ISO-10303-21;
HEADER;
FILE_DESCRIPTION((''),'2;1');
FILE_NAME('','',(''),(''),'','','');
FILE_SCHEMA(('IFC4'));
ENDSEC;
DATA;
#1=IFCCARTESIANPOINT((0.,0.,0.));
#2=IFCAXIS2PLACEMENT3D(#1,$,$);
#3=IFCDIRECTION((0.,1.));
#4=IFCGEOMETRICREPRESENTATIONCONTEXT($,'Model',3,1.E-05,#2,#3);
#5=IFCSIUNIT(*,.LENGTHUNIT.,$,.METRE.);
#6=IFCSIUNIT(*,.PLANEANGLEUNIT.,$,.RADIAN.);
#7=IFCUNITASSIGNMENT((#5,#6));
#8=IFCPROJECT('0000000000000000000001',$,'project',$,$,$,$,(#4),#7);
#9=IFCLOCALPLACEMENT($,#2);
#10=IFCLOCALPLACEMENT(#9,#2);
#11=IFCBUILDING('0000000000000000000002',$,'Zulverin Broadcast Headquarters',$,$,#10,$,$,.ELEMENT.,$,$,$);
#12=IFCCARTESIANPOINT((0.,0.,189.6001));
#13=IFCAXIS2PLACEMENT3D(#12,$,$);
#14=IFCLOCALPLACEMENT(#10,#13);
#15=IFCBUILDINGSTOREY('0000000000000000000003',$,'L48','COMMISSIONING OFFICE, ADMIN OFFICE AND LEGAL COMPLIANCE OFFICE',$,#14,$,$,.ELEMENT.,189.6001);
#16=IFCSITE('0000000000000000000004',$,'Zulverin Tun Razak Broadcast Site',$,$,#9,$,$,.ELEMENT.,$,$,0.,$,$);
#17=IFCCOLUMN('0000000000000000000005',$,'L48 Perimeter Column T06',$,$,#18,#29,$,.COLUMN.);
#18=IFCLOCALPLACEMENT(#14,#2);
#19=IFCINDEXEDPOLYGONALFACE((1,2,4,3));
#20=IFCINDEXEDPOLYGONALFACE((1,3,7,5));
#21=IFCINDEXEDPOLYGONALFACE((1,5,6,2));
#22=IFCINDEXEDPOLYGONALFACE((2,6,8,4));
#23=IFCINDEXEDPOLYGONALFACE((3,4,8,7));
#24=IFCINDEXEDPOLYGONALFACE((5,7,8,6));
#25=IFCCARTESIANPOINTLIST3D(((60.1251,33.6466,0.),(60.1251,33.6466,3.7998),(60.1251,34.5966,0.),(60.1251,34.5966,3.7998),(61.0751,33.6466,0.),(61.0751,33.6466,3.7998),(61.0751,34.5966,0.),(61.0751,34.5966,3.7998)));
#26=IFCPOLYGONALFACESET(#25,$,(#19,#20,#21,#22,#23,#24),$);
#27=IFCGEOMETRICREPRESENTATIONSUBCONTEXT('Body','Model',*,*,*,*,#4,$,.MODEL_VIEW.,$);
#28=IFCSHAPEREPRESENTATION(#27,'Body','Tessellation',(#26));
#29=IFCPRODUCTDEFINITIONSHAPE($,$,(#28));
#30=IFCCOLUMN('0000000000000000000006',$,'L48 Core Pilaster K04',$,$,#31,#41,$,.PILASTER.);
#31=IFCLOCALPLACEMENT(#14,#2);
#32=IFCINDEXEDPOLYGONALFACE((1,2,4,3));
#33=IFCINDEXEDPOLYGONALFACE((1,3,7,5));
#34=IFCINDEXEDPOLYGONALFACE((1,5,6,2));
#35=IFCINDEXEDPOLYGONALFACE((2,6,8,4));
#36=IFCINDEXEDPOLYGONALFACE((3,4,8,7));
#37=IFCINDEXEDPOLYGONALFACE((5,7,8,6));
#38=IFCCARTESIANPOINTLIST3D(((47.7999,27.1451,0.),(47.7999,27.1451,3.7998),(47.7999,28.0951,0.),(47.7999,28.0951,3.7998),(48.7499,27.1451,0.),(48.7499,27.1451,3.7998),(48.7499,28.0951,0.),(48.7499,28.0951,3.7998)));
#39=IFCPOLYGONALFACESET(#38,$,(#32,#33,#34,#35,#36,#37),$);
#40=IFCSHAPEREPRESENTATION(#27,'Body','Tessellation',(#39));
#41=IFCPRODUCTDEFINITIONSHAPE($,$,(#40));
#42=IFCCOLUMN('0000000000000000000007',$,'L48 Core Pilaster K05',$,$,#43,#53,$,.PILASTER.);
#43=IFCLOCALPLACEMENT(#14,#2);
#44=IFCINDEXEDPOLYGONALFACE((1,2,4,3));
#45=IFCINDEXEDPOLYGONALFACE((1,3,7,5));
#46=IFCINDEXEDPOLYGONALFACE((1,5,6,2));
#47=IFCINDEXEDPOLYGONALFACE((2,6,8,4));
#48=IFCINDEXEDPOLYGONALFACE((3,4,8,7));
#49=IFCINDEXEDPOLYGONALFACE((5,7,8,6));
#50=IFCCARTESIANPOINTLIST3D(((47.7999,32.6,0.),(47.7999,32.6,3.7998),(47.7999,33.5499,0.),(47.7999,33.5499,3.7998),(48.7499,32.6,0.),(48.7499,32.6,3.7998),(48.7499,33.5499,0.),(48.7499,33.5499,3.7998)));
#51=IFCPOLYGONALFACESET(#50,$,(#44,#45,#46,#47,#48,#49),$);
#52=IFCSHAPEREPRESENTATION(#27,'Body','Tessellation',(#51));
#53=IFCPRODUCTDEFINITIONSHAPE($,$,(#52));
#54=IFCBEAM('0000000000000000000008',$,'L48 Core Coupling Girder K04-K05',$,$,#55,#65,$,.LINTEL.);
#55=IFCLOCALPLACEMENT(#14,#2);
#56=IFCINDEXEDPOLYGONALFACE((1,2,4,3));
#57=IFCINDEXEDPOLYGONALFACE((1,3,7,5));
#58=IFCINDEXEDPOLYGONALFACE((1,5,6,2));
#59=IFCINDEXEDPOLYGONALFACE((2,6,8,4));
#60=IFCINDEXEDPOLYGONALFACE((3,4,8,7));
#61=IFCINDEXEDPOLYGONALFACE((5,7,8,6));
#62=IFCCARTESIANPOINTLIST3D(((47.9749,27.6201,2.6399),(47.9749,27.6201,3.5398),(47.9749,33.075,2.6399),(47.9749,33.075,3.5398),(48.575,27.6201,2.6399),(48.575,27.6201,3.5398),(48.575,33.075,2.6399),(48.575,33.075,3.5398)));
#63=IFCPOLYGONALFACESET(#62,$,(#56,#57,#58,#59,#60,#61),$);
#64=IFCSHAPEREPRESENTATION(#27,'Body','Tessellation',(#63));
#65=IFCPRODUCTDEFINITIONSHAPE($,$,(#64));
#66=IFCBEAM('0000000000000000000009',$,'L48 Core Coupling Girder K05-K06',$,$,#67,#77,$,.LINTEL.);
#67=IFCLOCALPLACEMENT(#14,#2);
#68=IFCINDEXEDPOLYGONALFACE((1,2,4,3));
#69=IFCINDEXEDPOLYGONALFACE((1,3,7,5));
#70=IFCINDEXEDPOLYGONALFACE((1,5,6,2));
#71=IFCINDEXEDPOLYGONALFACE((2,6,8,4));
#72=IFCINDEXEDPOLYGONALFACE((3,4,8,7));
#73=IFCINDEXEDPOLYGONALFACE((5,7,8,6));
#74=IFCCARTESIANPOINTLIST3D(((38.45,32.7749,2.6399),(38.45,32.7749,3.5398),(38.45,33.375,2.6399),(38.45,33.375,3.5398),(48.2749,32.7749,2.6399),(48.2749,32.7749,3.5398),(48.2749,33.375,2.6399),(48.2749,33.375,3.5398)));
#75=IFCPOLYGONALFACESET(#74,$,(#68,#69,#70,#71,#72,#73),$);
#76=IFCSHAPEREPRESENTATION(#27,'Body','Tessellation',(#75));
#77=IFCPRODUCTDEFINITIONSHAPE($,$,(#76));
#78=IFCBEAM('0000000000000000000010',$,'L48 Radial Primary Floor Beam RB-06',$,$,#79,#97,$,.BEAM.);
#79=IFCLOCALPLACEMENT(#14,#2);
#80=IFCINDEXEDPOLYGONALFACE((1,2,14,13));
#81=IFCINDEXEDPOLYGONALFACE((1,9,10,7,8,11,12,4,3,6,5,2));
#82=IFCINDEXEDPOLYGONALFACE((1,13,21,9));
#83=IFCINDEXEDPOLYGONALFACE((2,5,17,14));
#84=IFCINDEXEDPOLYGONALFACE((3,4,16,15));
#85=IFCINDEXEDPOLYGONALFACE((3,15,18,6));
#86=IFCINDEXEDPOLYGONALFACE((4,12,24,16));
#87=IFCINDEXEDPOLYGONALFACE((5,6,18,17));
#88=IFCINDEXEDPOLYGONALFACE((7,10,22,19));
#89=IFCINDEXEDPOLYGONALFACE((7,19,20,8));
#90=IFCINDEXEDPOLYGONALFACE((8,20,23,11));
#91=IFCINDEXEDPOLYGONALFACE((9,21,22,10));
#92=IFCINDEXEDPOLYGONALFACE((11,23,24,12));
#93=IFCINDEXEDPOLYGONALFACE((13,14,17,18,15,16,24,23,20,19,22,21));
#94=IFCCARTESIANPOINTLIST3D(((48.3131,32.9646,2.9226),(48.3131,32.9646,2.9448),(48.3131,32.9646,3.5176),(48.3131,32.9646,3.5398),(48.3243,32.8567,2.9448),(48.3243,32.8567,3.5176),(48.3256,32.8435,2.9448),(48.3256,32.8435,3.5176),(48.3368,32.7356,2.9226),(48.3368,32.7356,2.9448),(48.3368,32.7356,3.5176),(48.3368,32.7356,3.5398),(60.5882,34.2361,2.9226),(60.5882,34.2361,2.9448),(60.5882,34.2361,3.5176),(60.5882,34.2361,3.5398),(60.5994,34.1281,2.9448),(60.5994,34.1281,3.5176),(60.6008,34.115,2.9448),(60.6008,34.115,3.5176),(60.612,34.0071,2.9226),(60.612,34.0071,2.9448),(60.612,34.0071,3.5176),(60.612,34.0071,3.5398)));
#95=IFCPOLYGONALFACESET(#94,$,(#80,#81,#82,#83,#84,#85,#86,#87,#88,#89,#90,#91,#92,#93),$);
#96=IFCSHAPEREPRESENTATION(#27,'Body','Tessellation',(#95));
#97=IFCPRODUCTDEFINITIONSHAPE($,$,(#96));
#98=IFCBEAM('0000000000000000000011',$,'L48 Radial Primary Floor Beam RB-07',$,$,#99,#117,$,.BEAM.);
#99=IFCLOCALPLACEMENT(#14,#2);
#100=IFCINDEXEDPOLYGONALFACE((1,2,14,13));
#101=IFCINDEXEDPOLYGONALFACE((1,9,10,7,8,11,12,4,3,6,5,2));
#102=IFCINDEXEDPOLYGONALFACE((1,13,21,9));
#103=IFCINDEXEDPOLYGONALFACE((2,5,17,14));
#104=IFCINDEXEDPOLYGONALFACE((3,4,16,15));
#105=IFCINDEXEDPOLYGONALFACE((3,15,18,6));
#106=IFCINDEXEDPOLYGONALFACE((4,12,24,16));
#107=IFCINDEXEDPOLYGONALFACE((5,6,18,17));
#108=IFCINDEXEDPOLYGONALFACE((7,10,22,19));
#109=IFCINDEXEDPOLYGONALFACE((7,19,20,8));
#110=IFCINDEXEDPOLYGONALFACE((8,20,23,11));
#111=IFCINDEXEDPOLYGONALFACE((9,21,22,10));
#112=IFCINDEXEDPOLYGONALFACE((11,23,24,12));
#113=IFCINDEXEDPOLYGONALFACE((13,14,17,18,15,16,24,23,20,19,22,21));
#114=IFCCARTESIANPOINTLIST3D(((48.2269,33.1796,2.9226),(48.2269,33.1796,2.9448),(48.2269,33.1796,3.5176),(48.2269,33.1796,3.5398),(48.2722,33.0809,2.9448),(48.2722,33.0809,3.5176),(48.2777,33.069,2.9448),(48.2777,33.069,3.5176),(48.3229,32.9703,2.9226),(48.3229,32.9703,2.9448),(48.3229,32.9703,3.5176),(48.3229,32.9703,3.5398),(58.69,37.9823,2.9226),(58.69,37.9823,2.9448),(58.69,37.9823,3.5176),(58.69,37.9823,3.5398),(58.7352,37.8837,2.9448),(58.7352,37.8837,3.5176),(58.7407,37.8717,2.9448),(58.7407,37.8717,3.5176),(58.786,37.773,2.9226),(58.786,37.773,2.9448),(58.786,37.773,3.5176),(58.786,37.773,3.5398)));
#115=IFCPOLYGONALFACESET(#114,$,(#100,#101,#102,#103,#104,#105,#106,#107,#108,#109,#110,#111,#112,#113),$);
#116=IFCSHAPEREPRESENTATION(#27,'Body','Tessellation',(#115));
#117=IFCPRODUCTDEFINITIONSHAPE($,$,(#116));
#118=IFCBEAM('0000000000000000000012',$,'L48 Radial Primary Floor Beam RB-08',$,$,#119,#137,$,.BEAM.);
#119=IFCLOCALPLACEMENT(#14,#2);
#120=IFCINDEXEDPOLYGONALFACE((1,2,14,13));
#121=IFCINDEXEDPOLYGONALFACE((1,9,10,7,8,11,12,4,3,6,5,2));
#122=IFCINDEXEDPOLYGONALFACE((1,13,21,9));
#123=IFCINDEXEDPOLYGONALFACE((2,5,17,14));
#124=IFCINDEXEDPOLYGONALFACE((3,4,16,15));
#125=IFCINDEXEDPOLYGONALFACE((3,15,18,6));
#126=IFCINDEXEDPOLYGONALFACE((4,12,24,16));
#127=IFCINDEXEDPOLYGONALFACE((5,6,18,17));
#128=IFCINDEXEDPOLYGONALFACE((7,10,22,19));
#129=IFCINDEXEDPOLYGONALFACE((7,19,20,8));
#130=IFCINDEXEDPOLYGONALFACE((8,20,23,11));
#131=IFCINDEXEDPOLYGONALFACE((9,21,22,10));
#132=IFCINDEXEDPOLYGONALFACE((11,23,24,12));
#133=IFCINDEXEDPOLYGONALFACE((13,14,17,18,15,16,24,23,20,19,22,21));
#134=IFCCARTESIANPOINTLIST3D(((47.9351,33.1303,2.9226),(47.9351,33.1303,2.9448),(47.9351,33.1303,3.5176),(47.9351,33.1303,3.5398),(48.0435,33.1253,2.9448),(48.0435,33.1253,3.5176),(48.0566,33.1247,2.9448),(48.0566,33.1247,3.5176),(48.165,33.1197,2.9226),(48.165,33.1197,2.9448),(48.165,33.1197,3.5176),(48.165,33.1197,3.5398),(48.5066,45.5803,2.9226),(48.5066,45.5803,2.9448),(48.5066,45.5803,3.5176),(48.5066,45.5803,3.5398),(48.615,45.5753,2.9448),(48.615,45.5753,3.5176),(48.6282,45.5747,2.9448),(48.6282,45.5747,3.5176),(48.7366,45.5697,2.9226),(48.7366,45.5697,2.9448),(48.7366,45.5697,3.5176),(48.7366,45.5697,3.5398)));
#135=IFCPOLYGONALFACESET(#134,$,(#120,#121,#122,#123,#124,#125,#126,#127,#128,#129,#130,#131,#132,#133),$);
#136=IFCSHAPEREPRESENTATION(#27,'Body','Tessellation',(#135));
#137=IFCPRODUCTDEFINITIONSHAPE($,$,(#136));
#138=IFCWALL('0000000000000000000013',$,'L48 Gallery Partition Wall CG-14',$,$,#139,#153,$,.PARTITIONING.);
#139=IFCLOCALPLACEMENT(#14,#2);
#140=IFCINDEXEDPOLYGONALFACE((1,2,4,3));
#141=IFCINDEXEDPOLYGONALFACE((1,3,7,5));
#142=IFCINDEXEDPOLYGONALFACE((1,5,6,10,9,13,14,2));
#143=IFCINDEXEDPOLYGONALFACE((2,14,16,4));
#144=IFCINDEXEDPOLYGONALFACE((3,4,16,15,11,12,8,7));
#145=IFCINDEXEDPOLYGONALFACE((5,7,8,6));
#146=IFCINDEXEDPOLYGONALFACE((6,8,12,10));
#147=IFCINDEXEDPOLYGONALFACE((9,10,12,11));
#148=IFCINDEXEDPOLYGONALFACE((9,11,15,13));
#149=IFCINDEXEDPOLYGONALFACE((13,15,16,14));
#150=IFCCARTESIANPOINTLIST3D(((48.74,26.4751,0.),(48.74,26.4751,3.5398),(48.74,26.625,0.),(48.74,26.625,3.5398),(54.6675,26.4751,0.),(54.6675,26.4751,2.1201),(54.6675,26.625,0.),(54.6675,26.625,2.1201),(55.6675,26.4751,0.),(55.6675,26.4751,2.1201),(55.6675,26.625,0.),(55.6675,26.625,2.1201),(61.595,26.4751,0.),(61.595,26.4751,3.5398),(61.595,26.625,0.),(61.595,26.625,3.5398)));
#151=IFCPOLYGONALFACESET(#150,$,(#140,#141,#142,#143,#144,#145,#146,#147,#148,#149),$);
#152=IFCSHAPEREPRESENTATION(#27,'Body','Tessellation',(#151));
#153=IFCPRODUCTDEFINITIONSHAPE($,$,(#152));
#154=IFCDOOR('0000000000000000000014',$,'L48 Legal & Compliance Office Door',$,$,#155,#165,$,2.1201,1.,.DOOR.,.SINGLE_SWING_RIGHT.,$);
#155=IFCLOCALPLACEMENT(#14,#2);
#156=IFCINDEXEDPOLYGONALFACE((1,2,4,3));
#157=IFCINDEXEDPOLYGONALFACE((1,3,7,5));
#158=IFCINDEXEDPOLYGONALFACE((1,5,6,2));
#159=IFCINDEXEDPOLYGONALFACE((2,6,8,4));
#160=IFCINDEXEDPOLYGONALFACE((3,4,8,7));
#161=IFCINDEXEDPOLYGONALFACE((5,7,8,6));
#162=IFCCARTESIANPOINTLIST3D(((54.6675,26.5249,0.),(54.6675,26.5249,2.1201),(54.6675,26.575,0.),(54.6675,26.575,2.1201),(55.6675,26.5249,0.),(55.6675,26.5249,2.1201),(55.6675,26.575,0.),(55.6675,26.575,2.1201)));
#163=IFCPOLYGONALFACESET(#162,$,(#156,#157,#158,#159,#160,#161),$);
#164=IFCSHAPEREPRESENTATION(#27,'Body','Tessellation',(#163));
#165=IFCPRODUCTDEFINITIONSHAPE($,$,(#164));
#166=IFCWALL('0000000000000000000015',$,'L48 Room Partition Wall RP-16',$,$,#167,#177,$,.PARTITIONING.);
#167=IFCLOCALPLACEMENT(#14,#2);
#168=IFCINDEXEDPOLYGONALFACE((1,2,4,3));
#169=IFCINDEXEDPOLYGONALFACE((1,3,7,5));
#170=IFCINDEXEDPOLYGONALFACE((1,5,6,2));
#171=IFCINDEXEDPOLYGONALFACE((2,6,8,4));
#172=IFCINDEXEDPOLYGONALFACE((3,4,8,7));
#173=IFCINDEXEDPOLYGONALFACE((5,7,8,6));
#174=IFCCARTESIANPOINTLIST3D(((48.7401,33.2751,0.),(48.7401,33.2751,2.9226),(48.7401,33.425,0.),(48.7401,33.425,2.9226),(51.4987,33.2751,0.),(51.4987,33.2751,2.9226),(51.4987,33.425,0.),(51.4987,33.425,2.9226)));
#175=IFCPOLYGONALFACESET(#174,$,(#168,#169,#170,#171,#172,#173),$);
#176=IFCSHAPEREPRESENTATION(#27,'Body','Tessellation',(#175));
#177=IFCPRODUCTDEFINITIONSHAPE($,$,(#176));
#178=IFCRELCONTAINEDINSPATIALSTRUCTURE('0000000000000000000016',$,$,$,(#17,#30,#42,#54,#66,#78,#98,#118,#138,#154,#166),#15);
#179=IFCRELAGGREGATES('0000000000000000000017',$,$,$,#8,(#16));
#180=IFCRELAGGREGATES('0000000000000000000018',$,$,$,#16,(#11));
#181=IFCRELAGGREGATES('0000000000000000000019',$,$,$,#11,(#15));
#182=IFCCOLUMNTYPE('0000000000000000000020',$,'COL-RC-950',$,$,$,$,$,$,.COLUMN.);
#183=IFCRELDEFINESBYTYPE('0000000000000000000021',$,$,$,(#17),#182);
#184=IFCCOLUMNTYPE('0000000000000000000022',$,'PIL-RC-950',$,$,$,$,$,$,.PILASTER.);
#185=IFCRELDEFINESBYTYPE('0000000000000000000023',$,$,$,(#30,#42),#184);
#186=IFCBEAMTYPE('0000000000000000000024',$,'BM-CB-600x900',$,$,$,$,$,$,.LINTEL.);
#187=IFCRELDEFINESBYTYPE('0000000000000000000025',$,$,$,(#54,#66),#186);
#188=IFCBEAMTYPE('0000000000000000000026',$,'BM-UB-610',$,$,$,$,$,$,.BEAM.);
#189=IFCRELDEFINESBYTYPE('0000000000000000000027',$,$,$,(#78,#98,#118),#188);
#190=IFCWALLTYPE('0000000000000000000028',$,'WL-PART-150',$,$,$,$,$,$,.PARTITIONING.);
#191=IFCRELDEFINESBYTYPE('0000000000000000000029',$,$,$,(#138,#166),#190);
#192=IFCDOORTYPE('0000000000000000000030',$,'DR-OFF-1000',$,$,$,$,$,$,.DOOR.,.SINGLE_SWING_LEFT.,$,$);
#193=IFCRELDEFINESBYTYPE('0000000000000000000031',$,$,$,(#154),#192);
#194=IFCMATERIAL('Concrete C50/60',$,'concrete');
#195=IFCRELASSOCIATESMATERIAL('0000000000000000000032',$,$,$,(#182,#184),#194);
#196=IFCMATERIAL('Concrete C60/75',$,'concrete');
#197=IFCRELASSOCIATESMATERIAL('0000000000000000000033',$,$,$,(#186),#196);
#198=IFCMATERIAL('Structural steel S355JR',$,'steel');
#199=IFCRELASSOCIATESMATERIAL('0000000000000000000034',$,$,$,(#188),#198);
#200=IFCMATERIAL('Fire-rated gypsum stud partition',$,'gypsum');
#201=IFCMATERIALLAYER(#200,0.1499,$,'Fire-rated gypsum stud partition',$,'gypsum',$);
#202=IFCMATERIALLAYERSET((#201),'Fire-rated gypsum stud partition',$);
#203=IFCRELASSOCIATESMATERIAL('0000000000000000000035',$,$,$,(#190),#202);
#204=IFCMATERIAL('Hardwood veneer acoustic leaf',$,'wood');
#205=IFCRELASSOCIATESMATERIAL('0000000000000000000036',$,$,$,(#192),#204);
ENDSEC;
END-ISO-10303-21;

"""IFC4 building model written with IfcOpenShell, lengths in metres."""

from ifc_helpers import new_model, si_unit, direction, frame, frame_2d, origin, origin_2d, place, context, subcontext, project, spatial, rectangle, i_section, extrude, material, layer, layer_set, material_profile, profile_set, type_object, element, fill, save


model = new_model("IFC4")

# Units and contexts
model_context = context("Model", 3, precision=1e-05, world=origin(), true_north=direction((0.0, 1.0)))
body_context = subcontext(model_context, "Body", "Model", "MODEL_VIEW")
ifc_project = project(units=[si_unit("LENGTHUNIT", "METRE"), si_unit("PLANEANGLEUNIT", "RADIAN")], contexts=[model_context])

# Site, building, storey
site_placement = place(None, origin())
site = spatial("IfcSite", under=ifc_project, at=site_placement, Name="Zulverin Tun Razak Broadcast Site", CompositionType="ELEMENT", RefElevation=0.0)
building_placement = place(site_placement, origin())
building = spatial("IfcBuilding", under=site, at=building_placement, Name="Zulverin Broadcast Headquarters", CompositionType="ELEMENT")
storey_placement = place(building_placement, frame((0.0, 0.0, 189.6001)))
storey = spatial("IfcBuildingStorey", under=building, at=storey_placement, Name="L48", Description="COMMISSIONING OFFICE, ADMIN OFFICE AND LEGAL COMPLIANCE OFFICE", CompositionType="ELEMENT", Elevation=189.6001)

# Columns
ifc_material_1 = material(Name="Concrete C50/60", Category="concrete")
ifc_material_profile_1 = material_profile(ifc_material_1, rectangle(XDim=0.95, YDim=0.95, at=origin_2d()), Name="Concrete C50/60", Category="concrete")
ifc_profile_set_1 = profile_set([ifc_material_profile_1], Name="Concrete C50/60")
column_type_1 = type_object("IfcColumnType", Name="COL-RC-950", PredefinedType="COLUMN", material=ifc_profile_set_1)
column_placement = place(storey_placement, frame((60.6001, 34.1216, 0.0), z_axis=(0.0, 0.0, 1.0), x_axis=(1.0, 0.0, 0.0)))
element("IfcColumn", 1, at=column_placement, inside=storey, type_object=column_type_1, Name="L48 Perimeter Column T06", PredefinedType="COLUMN", context=body_context, shape_type="SweptSolid", body=[
    extrude(rectangle(XDim=0.95, YDim=0.95, at=origin_2d()), origin(), (0.0, 0.0, 1.0), 3.7998),
])
ifc_material_profile_2 = material_profile(ifc_material_1, rectangle(XDim=0.95, YDim=0.95, at=origin_2d()), Name="Concrete C50/60", Category="concrete")
ifc_profile_set_2 = profile_set([ifc_material_profile_2], Name="Concrete C50/60")
column_type_2 = type_object("IfcColumnType", Name="PIL-RC-950", PredefinedType="PILASTER", material=ifc_profile_set_2)
for number, where, z_axis, x_axis, name in (
    (2, (48.2749, 27.6201, 0.0), (0.0, 0.0, 1.0), (1.0, 0.0, 0.0), "L48 Core Pilaster K04"),
    (3, (48.2749, 33.075, 0.0), (0.0, 0.0, 1.0), (1.0, 0.0, 0.0), "L48 Core Pilaster K05"),
):
    element("IfcColumn", number, at=place(storey_placement, frame(where, z_axis=z_axis, x_axis=x_axis)), inside=storey, type_object=column_type_2, Name=name, PredefinedType="PILASTER", context=body_context, shape_type="SweptSolid", body=[
        extrude(rectangle(XDim=0.95, YDim=0.95, at=origin_2d()), origin(), (0.0, 0.0, 1.0), 3.7998),
    ])

# Beams
ifc_material_2 = material(Name="Concrete C60/75", Category="concrete")
ifc_material_profile_3 = material_profile(ifc_material_2, rectangle(XDim=0.6001, YDim=0.8999, at=origin_2d()), Name="Concrete C60/75", Category="concrete")
ifc_profile_set_3 = profile_set([ifc_material_profile_3], Name="Concrete C60/75")
beam_type_1 = type_object("IfcBeamType", Name="BM-CB-600x900", PredefinedType="LINTEL", material=ifc_profile_set_3)
beam_1_placement = place(storey_placement, frame((48.2749, 27.6201, 3.0898), z_axis=(0.0, 1.0, 0.0), x_axis=(-1.0, 0.0, 0.0)))
element("IfcBeam", 4, at=beam_1_placement, inside=storey, type_object=beam_type_1, Name="L48 Core Coupling Girder K04-K05", PredefinedType="LINTEL", context=body_context, shape_type="SweptSolid", body=[
    extrude(rectangle(XDim=0.6001, YDim=0.8999, at=origin_2d()), origin(), (0.0, 0.0, 1.0), 5.4548),
])
beam_2_placement = place(storey_placement, frame((48.2749, 33.075, 3.0898), z_axis=(-1.0, 0.0, 0.0), x_axis=(0.0, -1.0, 0.0)))
element("IfcBeam", 5, at=beam_2_placement, inside=storey, type_object=beam_type_1, Name="L48 Core Coupling Girder K05-K06", PredefinedType="LINTEL", context=body_context, shape_type="SweptSolid", body=[
    extrude(rectangle(XDim=0.6001, YDim=0.8999, at=origin_2d()), origin(), (0.0, 0.0, 1.0), 9.825),
])
ifc_material_3 = material(Name="Structural steel S355JR", Category="steel")
ifc_material_profile_4 = material_profile(ifc_material_3, i_section(OverallWidth=0.2302, OverallDepth=0.6172, WebThickness=0.0132, FlangeThickness=0.0222, at=origin_2d()), Name="Structural steel S355JR", Category="steel")
ifc_profile_set_4 = profile_set([ifc_material_profile_4], Name="Structural steel S355JR")
beam_type_2 = type_object("IfcBeamType", Name="BM-UB-610", PredefinedType="BEAM", material=ifc_profile_set_4)
beam_3_placement = place(storey_placement, frame((48.325, 32.8501, 3.2312), z_axis=(0.994678, 0.103031, 0.0), x_axis=(-0.103031, 0.994678, 0.0)))
element("IfcBeam", 6, at=beam_3_placement, inside=storey, type_object=beam_type_2, Name="L48 Radial Primary Floor Beam RB-06", PredefinedType="BEAM", context=body_context, shape_type="SweptSolid", body=[
    extrude(i_section(OverallWidth=0.2302, OverallDepth=0.6172, WebThickness=0.0132, FlangeThickness=0.0222, at=origin_2d()), origin(), (0.0, 0.0, 1.0), 12.3408),
])
beam_4_placement = place(storey_placement, frame((48.2749, 33.075, 3.2312), z_axis=(0.90883, 0.417167, 0.0), x_axis=(-0.417167, 0.90883, 0.0)))
element("IfcBeam", 7, at=beam_4_placement, inside=storey, type_object=beam_type_2, Name="L48 Radial Primary Floor Beam RB-07", PredefinedType="BEAM", context=body_context, shape_type="SweptSolid", body=[
    extrude(i_section(OverallWidth=0.2302, OverallDepth=0.6172, WebThickness=0.0132, FlangeThickness=0.0222, at=origin_2d()), origin(), (0.0, 0.0, 1.0), 11.5127),
])
beam_5_placement = place(storey_placement, frame((48.05, 33.125, 3.2312), z_axis=(0.045858, 0.998948, 0.0), x_axis=(-0.998948, 0.045858, 0.0)))
element("IfcBeam", 8, at=beam_5_placement, inside=storey, type_object=beam_type_2, Name="L48 Radial Primary Floor Beam RB-08", PredefinedType="BEAM", context=body_context, shape_type="SweptSolid", body=[
    extrude(i_section(OverallWidth=0.2302, OverallDepth=0.6172, WebThickness=0.0132, FlangeThickness=0.0222, at=origin_2d()), origin(), (0.0, 0.0, 1.0), 12.4631),
])

# Wall, opening, door
ifc_material_4 = material(Name="Fire-rated gypsum stud partition", Category="gypsum")
ifc_layer_1 = layer(ifc_material_4, 0.1499, Name="Fire-rated gypsum stud partition", Category="gypsum")
ifc_layer_set_1 = layer_set([ifc_layer_1], Name="Fire-rated gypsum stud partition")
wall_type_1 = type_object("IfcWallType", Name="WL-PART-150", PredefinedType="PARTITIONING", material=ifc_layer_set_1)
wall_1_placement = place(storey_placement, frame((48.74, 26.55, 0.0), z_axis=(0.0, 0.0, 1.0), x_axis=(1.0, 0.0, 0.0)))
wall_1 = element("IfcWall", 9, at=wall_1_placement, inside=storey, type_object=wall_type_1, Name="L48 Gallery Partition Wall CG-14", PredefinedType="PARTITIONING", context=body_context, shape_type="SweptSolid", body=[
    extrude(rectangle(XDim=12.855, YDim=0.1499, at=frame_2d((6.4275, 0.0))), origin(), (0.0, 0.0, 1.0), 3.5398),
])
opening_placement = place(wall_1_placement, frame((5.9275, 0.0, 0.0)))
opening = element("IfcOpeningElement", 10, at=opening_placement, cuts=wall_1, PredefinedType="OPENING", context=body_context, shape_type="SweptSolid", body=[
    extrude(rectangle(XDim=1.0, YDim=2.1201, at=frame_2d((0.5, 1.0601))), frame((0.0, 0.085, 0.0), z_axis=(0.0, -1.0, 0.0), x_axis=(1.0, 0.0, 0.0)), (0.0, 0.0, 1.0), 0.1699),
])
ifc_material_5 = material(Name="Hardwood veneer acoustic leaf", Category="wood")
door_type = type_object("IfcDoorType", Name="DR-OFF-1000", OperationType="SINGLE_SWING_LEFT", PredefinedType="DOOR", material=ifc_material_5)
door_placement = place(opening_placement, origin())
door = element("IfcDoor", 11, at=door_placement, inside=storey, type_object=door_type, Name="L48 Legal & Compliance Office Door", OperationType="SINGLE_SWING_RIGHT", OverallHeight=2.1201, OverallWidth=1.0, PredefinedType="DOOR", context=body_context, shape_type="SweptSolid", body=[
    extrude(rectangle(XDim=1.0, YDim=2.1201, at=frame_2d((0.5, 1.0601))), frame((0.0, 0.0249, 0.0), z_axis=(0.0, -1.0, 0.0), x_axis=(1.0, 0.0, 0.0)), (0.0, 0.0, 1.0), 0.05),
])
fill(opening, door)

# Wall
wall_2_placement = place(storey_placement, frame((48.74, 33.3501, 0.0), z_axis=(0.0, 0.0, 1.0), x_axis=(1.0, 0.0, 0.0)))
element("IfcWall", 12, at=wall_2_placement, inside=storey, type_object=wall_type_1, Name="L48 Room Partition Wall RP-16", PredefinedType="PARTITIONING", context=body_context, shape_type="SweptSolid", body=[
    extrude(rectangle(XDim=2.7585, YDim=0.1499, at=frame_2d((1.3794, 0.0))), origin(), (0.0, 0.0, 1.0), 2.9226),
])

save(model, "model.ifc")
